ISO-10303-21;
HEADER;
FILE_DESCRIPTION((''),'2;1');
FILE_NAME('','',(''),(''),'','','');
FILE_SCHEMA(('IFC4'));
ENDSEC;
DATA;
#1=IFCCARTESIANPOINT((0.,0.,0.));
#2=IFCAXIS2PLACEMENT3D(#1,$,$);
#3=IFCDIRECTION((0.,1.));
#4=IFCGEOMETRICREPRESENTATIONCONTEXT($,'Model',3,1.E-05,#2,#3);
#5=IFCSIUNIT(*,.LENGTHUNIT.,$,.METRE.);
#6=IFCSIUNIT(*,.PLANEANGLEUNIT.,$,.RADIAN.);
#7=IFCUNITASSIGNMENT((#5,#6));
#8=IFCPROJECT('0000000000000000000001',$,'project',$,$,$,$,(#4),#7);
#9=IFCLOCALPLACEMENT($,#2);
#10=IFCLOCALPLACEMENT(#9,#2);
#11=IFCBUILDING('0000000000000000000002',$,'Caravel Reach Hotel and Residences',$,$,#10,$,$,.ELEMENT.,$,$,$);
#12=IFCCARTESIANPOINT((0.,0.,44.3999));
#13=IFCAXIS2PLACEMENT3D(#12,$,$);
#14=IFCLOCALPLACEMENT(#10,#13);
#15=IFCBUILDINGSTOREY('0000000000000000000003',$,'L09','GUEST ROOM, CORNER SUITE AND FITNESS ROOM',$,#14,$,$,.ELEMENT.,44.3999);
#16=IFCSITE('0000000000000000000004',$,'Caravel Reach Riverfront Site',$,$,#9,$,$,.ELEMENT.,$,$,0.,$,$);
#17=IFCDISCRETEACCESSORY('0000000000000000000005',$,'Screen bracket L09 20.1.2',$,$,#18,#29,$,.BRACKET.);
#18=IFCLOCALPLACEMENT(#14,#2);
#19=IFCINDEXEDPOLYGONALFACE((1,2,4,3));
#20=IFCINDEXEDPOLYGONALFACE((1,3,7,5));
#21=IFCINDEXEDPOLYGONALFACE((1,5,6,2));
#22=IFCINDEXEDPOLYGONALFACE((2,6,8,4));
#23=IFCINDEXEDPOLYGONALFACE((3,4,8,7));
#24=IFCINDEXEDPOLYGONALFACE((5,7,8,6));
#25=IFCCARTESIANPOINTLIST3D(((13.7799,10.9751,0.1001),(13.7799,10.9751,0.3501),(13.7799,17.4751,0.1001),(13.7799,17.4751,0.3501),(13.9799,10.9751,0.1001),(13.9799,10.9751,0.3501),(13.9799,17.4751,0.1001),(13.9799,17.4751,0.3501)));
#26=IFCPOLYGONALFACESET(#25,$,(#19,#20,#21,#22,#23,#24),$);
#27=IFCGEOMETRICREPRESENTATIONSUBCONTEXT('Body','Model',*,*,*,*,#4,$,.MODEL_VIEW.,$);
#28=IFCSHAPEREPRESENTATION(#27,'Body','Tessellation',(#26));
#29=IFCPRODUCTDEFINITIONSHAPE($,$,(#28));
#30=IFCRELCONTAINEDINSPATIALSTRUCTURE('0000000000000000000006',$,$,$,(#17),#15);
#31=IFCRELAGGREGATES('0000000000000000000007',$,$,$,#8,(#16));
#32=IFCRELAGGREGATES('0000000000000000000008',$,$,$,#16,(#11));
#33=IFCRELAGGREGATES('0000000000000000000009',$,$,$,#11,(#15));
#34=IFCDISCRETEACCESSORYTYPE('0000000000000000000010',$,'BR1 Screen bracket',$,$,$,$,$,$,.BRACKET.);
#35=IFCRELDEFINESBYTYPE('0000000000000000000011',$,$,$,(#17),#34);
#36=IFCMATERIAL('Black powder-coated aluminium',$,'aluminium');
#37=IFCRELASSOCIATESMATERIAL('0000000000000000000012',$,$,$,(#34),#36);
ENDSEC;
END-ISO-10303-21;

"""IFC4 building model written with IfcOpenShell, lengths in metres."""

from ifc_helpers import new_model, si_unit, direction, frame, origin, origin_2d, place, context, subcontext, project, spatial, rectangle, extrude, material, type_object, element, save


model = new_model("IFC4")

# Units and contexts
model_context = context("Model", 3, precision=1e-05, world=origin(), true_north=direction((0.0, 1.0)))
body_context = subcontext(model_context, "Body", "Model", "MODEL_VIEW")
ifc_project = project(units=[si_unit("LENGTHUNIT", "METRE"), si_unit("PLANEANGLEUNIT", "RADIAN")], contexts=[model_context])

# Site, building, storey
site_placement = place(None, origin())
site = spatial("IfcSite", under=ifc_project, at=site_placement, Name="Caravel Reach Riverfront Site", CompositionType="ELEMENT", RefElevation=0.0)
building_placement = place(site_placement, origin())
building = spatial("IfcBuilding", under=site, at=building_placement, Name="Caravel Reach Hotel and Residences", CompositionType="ELEMENT")
storey_placement = place(building_placement, frame((0.0, 0.0, 44.3999)))
storey = spatial("IfcBuildingStorey", under=building, at=storey_placement, Name="L09", Description="GUEST ROOM, CORNER SUITE AND FITNESS ROOM", CompositionType="ELEMENT", Elevation=44.3999)

# Discrete accessory
ifc_material_1 = material(Name="Black powder-coated aluminium", Category="aluminium")
discrete_accessory_type = type_object("IfcDiscreteAccessoryType", Name="BR1 Screen bracket", PredefinedType="BRACKET", material=ifc_material_1)
discrete_accessory_1_placement = place(storey_placement, frame((13.8799, 14.2251, 0.1001), z_axis=(0.0, 0.0, 1.0), x_axis=(0.0, -1.0, 0.0)))
element("IfcDiscreteAccessory", 1, at=discrete_accessory_1_placement, inside=storey, type_object=discrete_accessory_type, Name="Screen bracket L09 20.1.2", PredefinedType="BRACKET", context=body_context, shape_type="SweptSolid", body=[
    extrude(rectangle(XDim=6.5, YDim=0.2, at=origin_2d()), origin(), (0.0, 0.0, 1.0), 0.25),
])

save(model, "model.ifc")
